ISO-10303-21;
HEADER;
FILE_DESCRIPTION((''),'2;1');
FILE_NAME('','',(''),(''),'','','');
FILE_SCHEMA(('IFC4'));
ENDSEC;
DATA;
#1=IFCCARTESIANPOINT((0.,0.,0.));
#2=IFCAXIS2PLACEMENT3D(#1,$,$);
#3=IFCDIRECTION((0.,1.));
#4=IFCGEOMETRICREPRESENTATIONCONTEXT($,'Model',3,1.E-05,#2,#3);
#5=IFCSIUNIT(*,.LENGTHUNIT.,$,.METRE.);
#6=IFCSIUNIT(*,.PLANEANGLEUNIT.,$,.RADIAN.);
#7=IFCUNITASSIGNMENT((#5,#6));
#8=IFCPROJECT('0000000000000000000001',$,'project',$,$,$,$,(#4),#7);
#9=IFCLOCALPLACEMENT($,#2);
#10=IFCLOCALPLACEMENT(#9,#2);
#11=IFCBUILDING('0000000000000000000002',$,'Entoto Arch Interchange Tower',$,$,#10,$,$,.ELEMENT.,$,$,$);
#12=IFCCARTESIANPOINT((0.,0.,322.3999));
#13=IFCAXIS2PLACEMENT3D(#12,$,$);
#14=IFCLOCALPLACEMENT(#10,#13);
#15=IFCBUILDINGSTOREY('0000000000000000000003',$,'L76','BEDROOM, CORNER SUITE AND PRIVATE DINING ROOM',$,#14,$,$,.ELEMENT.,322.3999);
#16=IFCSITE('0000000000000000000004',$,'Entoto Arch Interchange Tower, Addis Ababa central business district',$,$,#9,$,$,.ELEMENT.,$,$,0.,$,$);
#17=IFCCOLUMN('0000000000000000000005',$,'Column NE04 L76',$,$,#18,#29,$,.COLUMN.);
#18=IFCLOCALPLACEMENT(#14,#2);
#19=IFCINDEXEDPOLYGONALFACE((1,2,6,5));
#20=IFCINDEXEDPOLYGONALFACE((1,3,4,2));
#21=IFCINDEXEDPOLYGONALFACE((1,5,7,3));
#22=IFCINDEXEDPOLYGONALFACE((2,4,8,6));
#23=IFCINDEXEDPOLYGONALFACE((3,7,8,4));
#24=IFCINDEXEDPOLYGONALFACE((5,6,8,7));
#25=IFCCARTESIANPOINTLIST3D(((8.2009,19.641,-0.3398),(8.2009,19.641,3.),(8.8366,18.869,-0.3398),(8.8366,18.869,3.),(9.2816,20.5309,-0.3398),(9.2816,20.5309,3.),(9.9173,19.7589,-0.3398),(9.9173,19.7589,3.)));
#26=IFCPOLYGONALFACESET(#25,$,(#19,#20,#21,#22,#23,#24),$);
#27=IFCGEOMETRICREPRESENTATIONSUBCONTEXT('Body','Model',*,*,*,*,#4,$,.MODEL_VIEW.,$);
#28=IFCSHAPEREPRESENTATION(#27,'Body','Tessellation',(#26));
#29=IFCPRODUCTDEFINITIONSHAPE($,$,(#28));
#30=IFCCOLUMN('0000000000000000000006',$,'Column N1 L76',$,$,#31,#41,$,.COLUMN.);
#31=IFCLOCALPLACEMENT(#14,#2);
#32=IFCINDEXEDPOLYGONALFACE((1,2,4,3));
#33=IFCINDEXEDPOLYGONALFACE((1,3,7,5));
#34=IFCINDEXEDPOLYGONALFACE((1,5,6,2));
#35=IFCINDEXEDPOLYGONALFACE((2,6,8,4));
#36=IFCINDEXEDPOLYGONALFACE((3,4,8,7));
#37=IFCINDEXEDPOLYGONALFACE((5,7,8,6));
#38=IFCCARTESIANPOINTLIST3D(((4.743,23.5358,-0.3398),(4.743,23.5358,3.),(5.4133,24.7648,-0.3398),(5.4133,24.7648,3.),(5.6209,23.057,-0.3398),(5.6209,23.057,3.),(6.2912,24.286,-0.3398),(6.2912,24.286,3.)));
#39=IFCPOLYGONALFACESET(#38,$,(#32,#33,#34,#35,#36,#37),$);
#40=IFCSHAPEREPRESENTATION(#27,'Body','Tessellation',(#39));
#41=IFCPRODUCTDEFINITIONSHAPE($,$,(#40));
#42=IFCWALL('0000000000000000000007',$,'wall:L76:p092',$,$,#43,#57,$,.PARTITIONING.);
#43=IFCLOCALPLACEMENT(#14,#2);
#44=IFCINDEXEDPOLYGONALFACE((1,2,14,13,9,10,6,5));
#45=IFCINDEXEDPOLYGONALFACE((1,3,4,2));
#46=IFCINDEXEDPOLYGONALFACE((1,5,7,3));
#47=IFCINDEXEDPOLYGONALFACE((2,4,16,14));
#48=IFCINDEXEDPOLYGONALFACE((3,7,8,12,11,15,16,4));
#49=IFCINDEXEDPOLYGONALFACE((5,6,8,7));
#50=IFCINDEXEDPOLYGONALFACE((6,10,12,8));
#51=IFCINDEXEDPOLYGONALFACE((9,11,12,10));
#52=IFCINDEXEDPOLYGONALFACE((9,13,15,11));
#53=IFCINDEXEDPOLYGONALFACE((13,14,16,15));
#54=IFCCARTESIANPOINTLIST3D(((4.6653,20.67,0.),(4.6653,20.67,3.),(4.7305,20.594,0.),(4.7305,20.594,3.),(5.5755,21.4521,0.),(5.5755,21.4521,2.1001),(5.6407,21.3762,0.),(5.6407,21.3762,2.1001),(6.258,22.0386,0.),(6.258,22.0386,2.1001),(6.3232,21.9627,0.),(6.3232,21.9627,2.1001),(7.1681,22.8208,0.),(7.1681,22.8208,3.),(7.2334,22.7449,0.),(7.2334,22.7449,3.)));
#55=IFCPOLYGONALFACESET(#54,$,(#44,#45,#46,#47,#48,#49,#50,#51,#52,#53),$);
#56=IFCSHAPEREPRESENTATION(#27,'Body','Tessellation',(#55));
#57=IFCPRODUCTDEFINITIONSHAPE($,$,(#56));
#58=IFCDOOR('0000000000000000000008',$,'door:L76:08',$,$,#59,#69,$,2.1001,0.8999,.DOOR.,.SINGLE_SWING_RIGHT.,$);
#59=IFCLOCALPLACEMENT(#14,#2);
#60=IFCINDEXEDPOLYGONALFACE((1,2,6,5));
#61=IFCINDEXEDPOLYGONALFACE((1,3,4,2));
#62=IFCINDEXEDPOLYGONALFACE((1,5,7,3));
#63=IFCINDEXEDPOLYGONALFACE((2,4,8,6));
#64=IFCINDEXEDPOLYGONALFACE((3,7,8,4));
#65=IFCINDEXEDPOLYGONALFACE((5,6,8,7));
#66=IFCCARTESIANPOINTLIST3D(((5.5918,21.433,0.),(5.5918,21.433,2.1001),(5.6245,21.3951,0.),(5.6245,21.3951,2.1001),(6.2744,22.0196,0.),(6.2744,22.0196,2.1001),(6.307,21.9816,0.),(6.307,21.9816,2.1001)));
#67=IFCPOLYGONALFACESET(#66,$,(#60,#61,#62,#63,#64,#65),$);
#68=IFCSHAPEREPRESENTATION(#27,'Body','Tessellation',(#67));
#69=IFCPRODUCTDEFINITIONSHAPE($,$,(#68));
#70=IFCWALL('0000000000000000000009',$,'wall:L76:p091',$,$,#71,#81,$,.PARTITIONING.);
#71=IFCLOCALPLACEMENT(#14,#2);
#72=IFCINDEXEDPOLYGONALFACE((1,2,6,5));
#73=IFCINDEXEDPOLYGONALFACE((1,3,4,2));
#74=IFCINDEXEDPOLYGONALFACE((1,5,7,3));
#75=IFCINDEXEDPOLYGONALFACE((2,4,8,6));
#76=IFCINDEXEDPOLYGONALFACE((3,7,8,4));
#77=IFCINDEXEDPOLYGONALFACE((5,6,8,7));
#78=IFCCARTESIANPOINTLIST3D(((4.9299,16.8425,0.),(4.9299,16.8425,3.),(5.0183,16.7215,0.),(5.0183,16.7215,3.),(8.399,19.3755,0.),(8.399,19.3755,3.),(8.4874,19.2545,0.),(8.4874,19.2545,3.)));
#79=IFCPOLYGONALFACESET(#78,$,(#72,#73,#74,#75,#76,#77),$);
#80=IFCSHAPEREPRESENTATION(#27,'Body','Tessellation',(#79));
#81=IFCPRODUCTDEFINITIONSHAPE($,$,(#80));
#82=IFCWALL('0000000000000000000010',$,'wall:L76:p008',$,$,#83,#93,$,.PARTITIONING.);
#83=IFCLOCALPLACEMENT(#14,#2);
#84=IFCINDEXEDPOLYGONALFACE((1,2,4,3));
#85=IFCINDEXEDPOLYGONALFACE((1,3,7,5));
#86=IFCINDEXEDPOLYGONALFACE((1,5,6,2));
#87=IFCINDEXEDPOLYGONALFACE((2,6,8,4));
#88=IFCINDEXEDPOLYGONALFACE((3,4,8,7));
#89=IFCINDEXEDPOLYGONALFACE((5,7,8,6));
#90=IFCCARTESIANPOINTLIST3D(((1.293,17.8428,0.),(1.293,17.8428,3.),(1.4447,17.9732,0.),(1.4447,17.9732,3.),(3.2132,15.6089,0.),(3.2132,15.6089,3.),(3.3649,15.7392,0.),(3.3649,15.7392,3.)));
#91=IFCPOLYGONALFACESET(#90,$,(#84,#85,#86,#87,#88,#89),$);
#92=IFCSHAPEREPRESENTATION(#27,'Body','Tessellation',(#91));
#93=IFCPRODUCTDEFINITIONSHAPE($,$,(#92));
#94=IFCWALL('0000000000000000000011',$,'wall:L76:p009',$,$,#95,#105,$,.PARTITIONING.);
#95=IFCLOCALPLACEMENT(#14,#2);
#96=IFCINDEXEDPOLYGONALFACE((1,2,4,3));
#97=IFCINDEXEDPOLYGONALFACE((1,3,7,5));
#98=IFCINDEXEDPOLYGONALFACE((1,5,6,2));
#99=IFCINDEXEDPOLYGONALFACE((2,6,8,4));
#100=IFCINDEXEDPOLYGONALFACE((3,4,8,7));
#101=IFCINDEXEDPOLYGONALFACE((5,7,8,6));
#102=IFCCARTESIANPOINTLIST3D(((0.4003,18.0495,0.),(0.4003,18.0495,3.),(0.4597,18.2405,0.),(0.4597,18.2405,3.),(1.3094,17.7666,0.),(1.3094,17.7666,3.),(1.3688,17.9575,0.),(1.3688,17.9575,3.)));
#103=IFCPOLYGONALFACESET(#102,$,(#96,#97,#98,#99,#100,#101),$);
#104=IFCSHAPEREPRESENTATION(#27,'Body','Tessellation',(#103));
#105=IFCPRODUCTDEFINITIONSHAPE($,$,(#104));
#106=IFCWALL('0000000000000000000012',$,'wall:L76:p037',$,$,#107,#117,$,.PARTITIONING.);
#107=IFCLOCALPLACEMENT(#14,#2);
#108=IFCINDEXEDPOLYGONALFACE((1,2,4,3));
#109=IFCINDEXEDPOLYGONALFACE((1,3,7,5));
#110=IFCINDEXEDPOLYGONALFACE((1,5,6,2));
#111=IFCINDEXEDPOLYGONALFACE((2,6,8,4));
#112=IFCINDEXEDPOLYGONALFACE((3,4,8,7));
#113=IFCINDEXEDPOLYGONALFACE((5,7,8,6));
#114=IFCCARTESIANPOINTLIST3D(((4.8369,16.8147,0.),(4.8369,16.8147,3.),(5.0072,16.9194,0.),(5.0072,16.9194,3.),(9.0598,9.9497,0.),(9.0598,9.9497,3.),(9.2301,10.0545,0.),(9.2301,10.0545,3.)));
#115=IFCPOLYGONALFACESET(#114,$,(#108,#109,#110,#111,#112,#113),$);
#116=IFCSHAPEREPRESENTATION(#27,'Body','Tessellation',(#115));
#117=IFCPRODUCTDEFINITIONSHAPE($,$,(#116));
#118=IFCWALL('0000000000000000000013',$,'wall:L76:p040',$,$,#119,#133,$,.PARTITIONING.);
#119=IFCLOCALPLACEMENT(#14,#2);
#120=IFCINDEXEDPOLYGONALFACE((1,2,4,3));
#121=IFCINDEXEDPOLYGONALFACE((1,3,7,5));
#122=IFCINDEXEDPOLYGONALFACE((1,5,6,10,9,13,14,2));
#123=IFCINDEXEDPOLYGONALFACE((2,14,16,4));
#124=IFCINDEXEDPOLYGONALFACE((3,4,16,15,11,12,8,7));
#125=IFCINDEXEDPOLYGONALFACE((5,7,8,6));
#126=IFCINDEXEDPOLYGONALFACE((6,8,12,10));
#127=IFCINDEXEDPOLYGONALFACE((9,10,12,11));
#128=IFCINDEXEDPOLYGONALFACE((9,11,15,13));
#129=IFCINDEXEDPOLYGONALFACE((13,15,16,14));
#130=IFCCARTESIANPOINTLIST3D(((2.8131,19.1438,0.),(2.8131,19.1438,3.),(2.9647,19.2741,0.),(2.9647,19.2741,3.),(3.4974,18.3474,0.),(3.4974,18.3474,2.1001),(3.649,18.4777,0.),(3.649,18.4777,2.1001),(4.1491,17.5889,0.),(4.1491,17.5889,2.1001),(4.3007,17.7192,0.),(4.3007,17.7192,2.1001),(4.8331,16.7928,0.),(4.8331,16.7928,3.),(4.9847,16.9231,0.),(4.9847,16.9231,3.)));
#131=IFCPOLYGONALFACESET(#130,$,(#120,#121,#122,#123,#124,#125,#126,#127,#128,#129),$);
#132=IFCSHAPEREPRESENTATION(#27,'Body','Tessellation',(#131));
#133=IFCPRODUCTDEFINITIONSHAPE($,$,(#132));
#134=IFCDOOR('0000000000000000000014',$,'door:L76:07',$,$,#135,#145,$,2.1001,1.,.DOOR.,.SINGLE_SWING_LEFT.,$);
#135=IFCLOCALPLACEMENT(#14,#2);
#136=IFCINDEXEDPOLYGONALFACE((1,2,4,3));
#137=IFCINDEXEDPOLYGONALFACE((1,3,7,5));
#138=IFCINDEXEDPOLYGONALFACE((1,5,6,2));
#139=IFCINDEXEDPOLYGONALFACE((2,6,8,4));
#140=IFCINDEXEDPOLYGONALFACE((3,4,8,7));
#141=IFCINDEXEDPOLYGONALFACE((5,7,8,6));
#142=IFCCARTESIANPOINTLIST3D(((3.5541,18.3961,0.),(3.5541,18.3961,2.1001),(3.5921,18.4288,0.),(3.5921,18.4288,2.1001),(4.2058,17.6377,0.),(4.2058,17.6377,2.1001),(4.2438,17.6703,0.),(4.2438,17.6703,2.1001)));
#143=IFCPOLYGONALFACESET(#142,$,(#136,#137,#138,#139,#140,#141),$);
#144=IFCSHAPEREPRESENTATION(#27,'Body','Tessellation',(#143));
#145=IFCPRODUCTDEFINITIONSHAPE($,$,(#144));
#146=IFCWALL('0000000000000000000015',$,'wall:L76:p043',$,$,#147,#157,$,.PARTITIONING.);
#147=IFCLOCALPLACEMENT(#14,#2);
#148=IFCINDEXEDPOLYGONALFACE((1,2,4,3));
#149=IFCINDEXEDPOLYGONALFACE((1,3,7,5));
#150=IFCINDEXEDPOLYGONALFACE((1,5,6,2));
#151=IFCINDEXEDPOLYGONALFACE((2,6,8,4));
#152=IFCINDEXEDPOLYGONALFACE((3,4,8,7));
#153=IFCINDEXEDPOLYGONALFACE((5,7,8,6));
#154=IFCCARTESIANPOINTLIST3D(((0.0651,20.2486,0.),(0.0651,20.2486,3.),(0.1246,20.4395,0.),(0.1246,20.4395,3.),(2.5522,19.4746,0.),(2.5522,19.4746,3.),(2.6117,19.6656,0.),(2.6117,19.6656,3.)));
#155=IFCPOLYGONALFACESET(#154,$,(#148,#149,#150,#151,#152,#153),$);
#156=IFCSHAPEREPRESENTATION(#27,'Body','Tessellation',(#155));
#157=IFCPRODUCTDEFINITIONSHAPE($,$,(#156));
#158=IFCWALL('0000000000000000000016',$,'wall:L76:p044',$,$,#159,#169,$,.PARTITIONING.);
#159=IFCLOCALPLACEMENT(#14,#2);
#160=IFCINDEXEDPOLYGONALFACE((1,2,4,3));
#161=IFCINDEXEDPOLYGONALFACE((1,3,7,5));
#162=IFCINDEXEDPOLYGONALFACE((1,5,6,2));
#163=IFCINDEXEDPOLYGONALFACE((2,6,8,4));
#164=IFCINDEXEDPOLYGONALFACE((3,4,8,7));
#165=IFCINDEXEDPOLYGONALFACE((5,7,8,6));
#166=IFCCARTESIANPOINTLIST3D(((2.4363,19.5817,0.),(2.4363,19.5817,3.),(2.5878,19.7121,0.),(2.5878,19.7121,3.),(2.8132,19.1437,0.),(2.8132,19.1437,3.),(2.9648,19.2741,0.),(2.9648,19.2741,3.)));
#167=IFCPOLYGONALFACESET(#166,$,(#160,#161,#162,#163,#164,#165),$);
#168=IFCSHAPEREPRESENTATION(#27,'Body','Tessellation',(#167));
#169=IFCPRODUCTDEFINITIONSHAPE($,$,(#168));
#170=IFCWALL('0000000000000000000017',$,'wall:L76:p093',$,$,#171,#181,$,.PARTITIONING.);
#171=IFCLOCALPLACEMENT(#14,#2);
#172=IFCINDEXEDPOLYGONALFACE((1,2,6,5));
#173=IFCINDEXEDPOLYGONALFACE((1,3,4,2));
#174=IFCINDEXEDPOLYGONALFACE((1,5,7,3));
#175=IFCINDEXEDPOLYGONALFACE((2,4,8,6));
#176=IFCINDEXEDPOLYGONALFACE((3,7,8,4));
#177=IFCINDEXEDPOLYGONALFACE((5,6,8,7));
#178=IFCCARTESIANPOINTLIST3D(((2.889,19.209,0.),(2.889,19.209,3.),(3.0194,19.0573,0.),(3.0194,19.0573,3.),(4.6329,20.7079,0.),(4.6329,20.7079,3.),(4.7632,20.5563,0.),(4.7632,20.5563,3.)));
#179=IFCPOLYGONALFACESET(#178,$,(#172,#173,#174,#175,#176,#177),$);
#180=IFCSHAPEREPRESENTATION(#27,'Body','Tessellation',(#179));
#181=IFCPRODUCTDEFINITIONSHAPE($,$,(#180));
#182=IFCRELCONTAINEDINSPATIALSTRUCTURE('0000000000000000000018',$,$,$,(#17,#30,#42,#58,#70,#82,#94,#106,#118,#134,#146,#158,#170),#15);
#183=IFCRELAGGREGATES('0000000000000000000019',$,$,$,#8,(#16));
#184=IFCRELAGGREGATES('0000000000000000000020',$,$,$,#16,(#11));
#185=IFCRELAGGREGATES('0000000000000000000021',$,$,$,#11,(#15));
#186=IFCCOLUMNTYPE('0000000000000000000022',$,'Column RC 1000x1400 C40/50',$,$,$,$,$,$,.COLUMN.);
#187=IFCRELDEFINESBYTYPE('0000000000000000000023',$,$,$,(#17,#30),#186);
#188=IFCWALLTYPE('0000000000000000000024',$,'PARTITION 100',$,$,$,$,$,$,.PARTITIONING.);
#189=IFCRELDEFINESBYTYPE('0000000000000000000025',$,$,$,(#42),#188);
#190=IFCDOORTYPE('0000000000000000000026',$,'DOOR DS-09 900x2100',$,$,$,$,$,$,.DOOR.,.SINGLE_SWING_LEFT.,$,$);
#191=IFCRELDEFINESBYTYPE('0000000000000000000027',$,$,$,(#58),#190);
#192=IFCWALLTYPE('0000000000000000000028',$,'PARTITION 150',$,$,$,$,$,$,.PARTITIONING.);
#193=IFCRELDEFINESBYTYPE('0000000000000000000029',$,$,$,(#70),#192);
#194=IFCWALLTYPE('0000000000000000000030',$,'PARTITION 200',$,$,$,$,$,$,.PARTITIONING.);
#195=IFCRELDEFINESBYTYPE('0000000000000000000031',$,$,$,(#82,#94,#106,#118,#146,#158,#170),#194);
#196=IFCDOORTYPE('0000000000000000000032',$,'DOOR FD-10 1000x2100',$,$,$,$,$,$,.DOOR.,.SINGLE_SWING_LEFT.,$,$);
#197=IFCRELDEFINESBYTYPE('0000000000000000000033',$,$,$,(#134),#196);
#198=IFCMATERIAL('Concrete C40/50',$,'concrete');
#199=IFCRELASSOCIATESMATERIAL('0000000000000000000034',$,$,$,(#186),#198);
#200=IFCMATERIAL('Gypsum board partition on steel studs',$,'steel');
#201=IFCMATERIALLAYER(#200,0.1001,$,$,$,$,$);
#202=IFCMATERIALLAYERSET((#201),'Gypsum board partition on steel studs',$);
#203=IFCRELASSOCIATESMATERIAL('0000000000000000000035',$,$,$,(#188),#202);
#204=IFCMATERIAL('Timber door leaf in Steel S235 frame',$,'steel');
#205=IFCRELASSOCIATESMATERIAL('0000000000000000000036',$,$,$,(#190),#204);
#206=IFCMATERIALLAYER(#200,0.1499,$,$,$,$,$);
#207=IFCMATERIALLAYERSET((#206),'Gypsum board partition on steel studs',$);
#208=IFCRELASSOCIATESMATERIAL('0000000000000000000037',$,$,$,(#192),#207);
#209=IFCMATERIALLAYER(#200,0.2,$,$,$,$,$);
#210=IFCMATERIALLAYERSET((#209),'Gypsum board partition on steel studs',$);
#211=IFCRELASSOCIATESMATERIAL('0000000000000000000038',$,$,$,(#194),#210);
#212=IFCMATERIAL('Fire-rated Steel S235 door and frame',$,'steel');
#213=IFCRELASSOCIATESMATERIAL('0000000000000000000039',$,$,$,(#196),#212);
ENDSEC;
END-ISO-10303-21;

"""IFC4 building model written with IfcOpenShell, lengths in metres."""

from ifc_helpers import new_model, si_unit, direction, frame, frame_2d, origin, origin_2d, place, context, subcontext, project, spatial, rectangle, extrude, material, layer, layer_set, material_profile, profile_set, type_object, element, fill, save


model = new_model("IFC4")

# Units and contexts
model_context = context("Model", 3, precision=1e-05, world=origin(), true_north=direction((0.0, 1.0)))
body_context = subcontext(model_context, "Body", "Model", "MODEL_VIEW")
ifc_project = project(units=[si_unit("LENGTHUNIT", "METRE"), si_unit("PLANEANGLEUNIT", "RADIAN")], contexts=[model_context])

# Site, building, storey
site_placement = place(None, origin())
site = spatial("IfcSite", under=ifc_project, at=site_placement, Name="Entoto Arch Interchange Tower, Addis Ababa central business district", CompositionType="ELEMENT", RefElevation=0.0)
building_placement = place(site_placement, origin())
building = spatial("IfcBuilding", under=site, at=building_placement, Name="Entoto Arch Interchange Tower", CompositionType="ELEMENT")
storey_placement = place(building_placement, frame((0.0, 0.0, 322.3999)))
storey = spatial("IfcBuildingStorey", under=building, at=storey_placement, Name="L76", Description="BEDROOM, CORNER SUITE AND PRIVATE DINING ROOM", CompositionType="ELEMENT", Elevation=322.3999)

# Columns
ifc_material_1 = material(Name="Concrete C40/50", Category="concrete")
ifc_material_profile = material_profile(ifc_material_1, rectangle(XDim=1.0, YDim=1.3999, at=origin_2d()))
ifc_profile_set = profile_set([ifc_material_profile], Name="Concrete C40/50")
column_type = type_object("IfcColumnType", Name="Column RC 1000x1400 C40/50", PredefinedType="COLUMN", material=ifc_profile_set)
for number, where, z_axis, x_axis, name in (
    (1, (9.0591, 19.7, -0.3398), (0.0, 0.0, 1.0), (-0.635647, 0.77198, 0.0), "Column NE04 L76"),
    (2, (5.5171, 23.9109, -0.3398), (0.0, 0.0, 1.0), (-0.877899, 0.478845, 0.0), "Column N1 L76"),
):
    element("IfcColumn", number, at=place(storey_placement, frame(where, z_axis=z_axis, x_axis=x_axis)), inside=storey, type_object=column_type, Name=name, PredefinedType="COLUMN", context=body_context, shape_type="SweptSolid", body=[
        extrude(rectangle(XDim=1.0, YDim=1.3999, at=origin_2d()), origin(), (0.0, 0.0, 1.0), 3.3398),
    ])

# Wall, opening, door
ifc_material_2 = material(Name="Gypsum board partition on steel studs", Category="steel")
ifc_layer_1 = layer(ifc_material_2, 0.1001)
ifc_layer_set_1 = layer_set([ifc_layer_1], Name="Gypsum board partition on steel studs")
wall_type_1 = type_object("IfcWallType", Name="PARTITION 100", PredefinedType="PARTITIONING", material=ifc_layer_set_1)
wall_1_placement = place(storey_placement, frame((4.698, 20.6321, 0.0), z_axis=(0.0, 0.0, 1.0), x_axis=(0.758431, 0.651753, 0.0)))
wall_1 = element("IfcWall", 3, at=wall_1_placement, inside=storey, type_object=wall_type_1, Name="wall:L76:p092", PredefinedType="PARTITIONING", context=body_context, shape_type="SweptSolid", body=[
    extrude(rectangle(XDim=3.3, YDim=0.1001, at=frame_2d((1.6499, 0.0))), origin(), (0.0, 0.0, 1.0), 3.0),
])
opening_1_placement = place(wall_1_placement, frame((1.2, 0.0, 0.0)))
opening_1 = element("IfcOpeningElement", 4, at=opening_1_placement, cuts=wall_1, PredefinedType="OPENING", context=body_context, shape_type="SweptSolid", body=[
    extrude(rectangle(XDim=0.8999, YDim=2.1001, at=frame_2d((0.45, 1.05))), frame((0.0, 0.0601, 0.0), z_axis=(0.0, -1.0, 0.0), x_axis=(1.0, 0.0, 0.0)), (0.0, 0.0, 1.0), 0.1201),
])
ifc_material_3 = material(Name="Timber door leaf in Steel S235 frame", Category="steel")
door_type_1 = type_object("IfcDoorType", Name="DOOR DS-09 900x2100", OperationType="SINGLE_SWING_LEFT", PredefinedType="DOOR", material=ifc_material_3)
door_1_placement = place(opening_1_placement, origin())
door_1 = element("IfcDoor", 5, at=door_1_placement, inside=storey, type_object=door_type_1, Name="door:L76:08", OperationType="SINGLE_SWING_RIGHT", OverallHeight=2.1001, OverallWidth=0.8999, PredefinedType="DOOR", context=body_context, shape_type="SweptSolid", body=[
    extrude(rectangle(XDim=0.8999, YDim=2.1001, at=frame_2d((0.45, 1.05))), frame((0.0, 0.0249, 0.0), z_axis=(0.0, -1.0, 0.0), x_axis=(1.0, 0.0, 0.0)), (0.0, 0.0, 1.0), 0.05),
])
fill(opening_1, door_1)

# Walls
ifc_layer_2 = layer(ifc_material_2, 0.1499)
ifc_layer_set_2 = layer_set([ifc_layer_2], Name="Gypsum board partition on steel studs")
wall_type_2 = type_object("IfcWallType", Name="PARTITION 150", PredefinedType="PARTITIONING", material=ifc_layer_set_2)
wall_2_placement = place(storey_placement, frame((4.9741, 16.782, 0.0), z_axis=(0.0, 0.0, 1.0), x_axis=(0.807621, 0.589702, 0.0)))
element("IfcWall", 6, at=wall_2_placement, inside=storey, type_object=wall_type_2, Name="wall:L76:p091", PredefinedType="PARTITIONING", context=body_context, shape_type="SweptSolid", body=[
    extrude(rectangle(XDim=4.2954, YDim=0.1499, at=frame_2d((2.1477, 0.0))), origin(), (0.0, 0.0, 1.0), 3.0),
])
ifc_layer_3 = layer(ifc_material_2, 0.2)
ifc_layer_set_3 = layer_set([ifc_layer_3], Name="Gypsum board partition on steel studs")
wall_type_3 = type_object("IfcWallType", Name="PARTITION 200", PredefinedType="PARTITIONING", material=ifc_layer_set_3)
wall_3_placement = place(storey_placement, frame((3.2891, 15.6741, 0.0), z_axis=(0.0, 0.0, 1.0), x_axis=(-0.651849, 0.758349, 0.0)))
element("IfcWall", 7, at=wall_3_placement, inside=storey, type_object=wall_type_3, Name="wall:L76:p008", PredefinedType="PARTITIONING", context=body_context, shape_type="SweptSolid", body=[
    extrude(rectangle(XDim=2.9458, YDim=0.2, at=frame_2d((1.4729, 0.0))), origin(), (0.0, 0.0, 1.0), 3.0),
])
wall_4_placement = place(storey_placement, frame((1.3391, 17.8621, 0.0), z_axis=(0.0, 0.0, 1.0), x_axis=(-0.954826, 0.297165, 0.0)))
element("IfcWall", 8, at=wall_4_placement, inside=storey, type_object=wall_type_3, Name="wall:L76:p009", PredefinedType="PARTITIONING", context=body_context, shape_type="SweptSolid", body=[
    extrude(rectangle(XDim=0.9521, YDim=0.2, at=frame_2d((0.4761, 0.0))), origin(), (0.0, 0.0, 1.0), 3.0),
])
wall_5_placement = place(storey_placement, frame((4.9221, 16.8669, 0.0), z_axis=(0.0, 0.0, 1.0), x_axis=(0.523944, -0.851753, 0.0)))
element("IfcWall", 9, at=wall_5_placement, inside=storey, type_object=wall_type_3, Name="wall:L76:p037", PredefinedType="PARTITIONING", context=body_context, shape_type="SweptSolid", body=[
    extrude(rectangle(XDim=8.0598, YDim=0.2, at=frame_2d((4.0298, 0.0))), origin(), (0.0, 0.0, 1.0), 3.0),
])

# Wall, opening, door
wall_6_placement = place(storey_placement, frame((2.8889, 19.209, 0.0), z_axis=(0.0, 0.0, 1.0), x_axis=(0.651686, -0.758489, 0.0)))
wall_6 = element("IfcWall", 10, at=wall_6_placement, inside=storey, type_object=wall_type_3, Name="wall:L76:p040", PredefinedType="PARTITIONING", context=body_context, shape_type="SweptSolid", body=[
    extrude(rectangle(XDim=3.0996, YDim=0.2, at=frame_2d((1.5498, 0.0))), origin(), (0.0, 0.0, 1.0), 3.0),
])
opening_2_placement = place(wall_6_placement, frame((1.05, 0.0, 0.0)))
opening_2 = element("IfcOpeningElement", 11, at=opening_2_placement, cuts=wall_6, PredefinedType="OPENING", context=body_context, shape_type="SweptSolid", body=[
    extrude(rectangle(XDim=1.0, YDim=2.1001, at=frame_2d((0.5, 1.05))), frame((0.0, 0.1099, 0.0), z_axis=(0.0, -1.0, 0.0), x_axis=(1.0, 0.0, 0.0)), (0.0, 0.0, 1.0), 0.22),
])
ifc_material_4 = material(Name="Fire-rated Steel S235 door and frame", Category="steel")
door_type_2 = type_object("IfcDoorType", Name="DOOR FD-10 1000x2100", OperationType="SINGLE_SWING_LEFT", PredefinedType="DOOR", material=ifc_material_4)
door_2_placement = place(opening_2_placement, origin())
door_2 = element("IfcDoor", 12, at=door_2_placement, inside=storey, type_object=door_type_2, Name="door:L76:07", OperationType="SINGLE_SWING_LEFT", OverallHeight=2.1001, OverallWidth=1.0, PredefinedType="DOOR", context=body_context, shape_type="SweptSolid", body=[
    extrude(rectangle(XDim=1.0, YDim=2.1001, at=frame_2d((0.5, 1.05))), frame((0.0, 0.0249, 0.0), z_axis=(0.0, -1.0, 0.0), x_axis=(1.0, 0.0, 0.0)), (0.0, 0.0, 1.0), 0.05),
])
fill(opening_2, door_2)

# Walls
wall_7_placement = place(storey_placement, frame((0.095, 20.344, 0.0), z_axis=(0.0, 0.0, 1.0), x_axis=(0.954838, -0.297127, 0.0)))
element("IfcWall", 13, at=wall_7_placement, inside=storey, type_object=wall_type_3, Name="wall:L76:p043", PredefinedType="PARTITIONING", context=body_context, shape_type="SweptSolid", body=[
    extrude(rectangle(XDim=2.6047, YDim=0.2, at=frame_2d((1.3022, 0.0))), origin(), (0.0, 0.0, 1.0), 3.0),
])
wall_8_placement = place(storey_placement, frame((2.512, 19.647, 0.0), z_axis=(0.0, 0.0, 1.0), x_axis=(0.652321, -0.757943, 0.0)))
element("IfcWall", 14, at=wall_8_placement, inside=storey, type_object=wall_type_3, Name="wall:L76:p044", PredefinedType="PARTITIONING", context=body_context, shape_type="SweptSolid", body=[
    extrude(rectangle(XDim=0.5779, YDim=0.2, at=frame_2d((0.2891, 0.0))), origin(), (0.0, 0.0, 1.0), 3.0),
])
wall_9_placement = place(storey_placement, frame((2.9541, 19.1331, 0.0), z_axis=(0.0, 0.0, 1.0), x_axis=(0.758342, 0.651857, 0.0)))
element("IfcWall", 15, at=wall_9_placement, inside=storey, type_object=wall_type_3, Name="wall:L76:p093", PredefinedType="PARTITIONING", context=body_context, shape_type="SweptSolid", body=[
    extrude(rectangle(XDim=2.2996, YDim=0.2, at=frame_2d((1.1499, 0.0))), origin(), (0.0, 0.0, 1.0), 3.0),
])

save(model, "model.ifc")
